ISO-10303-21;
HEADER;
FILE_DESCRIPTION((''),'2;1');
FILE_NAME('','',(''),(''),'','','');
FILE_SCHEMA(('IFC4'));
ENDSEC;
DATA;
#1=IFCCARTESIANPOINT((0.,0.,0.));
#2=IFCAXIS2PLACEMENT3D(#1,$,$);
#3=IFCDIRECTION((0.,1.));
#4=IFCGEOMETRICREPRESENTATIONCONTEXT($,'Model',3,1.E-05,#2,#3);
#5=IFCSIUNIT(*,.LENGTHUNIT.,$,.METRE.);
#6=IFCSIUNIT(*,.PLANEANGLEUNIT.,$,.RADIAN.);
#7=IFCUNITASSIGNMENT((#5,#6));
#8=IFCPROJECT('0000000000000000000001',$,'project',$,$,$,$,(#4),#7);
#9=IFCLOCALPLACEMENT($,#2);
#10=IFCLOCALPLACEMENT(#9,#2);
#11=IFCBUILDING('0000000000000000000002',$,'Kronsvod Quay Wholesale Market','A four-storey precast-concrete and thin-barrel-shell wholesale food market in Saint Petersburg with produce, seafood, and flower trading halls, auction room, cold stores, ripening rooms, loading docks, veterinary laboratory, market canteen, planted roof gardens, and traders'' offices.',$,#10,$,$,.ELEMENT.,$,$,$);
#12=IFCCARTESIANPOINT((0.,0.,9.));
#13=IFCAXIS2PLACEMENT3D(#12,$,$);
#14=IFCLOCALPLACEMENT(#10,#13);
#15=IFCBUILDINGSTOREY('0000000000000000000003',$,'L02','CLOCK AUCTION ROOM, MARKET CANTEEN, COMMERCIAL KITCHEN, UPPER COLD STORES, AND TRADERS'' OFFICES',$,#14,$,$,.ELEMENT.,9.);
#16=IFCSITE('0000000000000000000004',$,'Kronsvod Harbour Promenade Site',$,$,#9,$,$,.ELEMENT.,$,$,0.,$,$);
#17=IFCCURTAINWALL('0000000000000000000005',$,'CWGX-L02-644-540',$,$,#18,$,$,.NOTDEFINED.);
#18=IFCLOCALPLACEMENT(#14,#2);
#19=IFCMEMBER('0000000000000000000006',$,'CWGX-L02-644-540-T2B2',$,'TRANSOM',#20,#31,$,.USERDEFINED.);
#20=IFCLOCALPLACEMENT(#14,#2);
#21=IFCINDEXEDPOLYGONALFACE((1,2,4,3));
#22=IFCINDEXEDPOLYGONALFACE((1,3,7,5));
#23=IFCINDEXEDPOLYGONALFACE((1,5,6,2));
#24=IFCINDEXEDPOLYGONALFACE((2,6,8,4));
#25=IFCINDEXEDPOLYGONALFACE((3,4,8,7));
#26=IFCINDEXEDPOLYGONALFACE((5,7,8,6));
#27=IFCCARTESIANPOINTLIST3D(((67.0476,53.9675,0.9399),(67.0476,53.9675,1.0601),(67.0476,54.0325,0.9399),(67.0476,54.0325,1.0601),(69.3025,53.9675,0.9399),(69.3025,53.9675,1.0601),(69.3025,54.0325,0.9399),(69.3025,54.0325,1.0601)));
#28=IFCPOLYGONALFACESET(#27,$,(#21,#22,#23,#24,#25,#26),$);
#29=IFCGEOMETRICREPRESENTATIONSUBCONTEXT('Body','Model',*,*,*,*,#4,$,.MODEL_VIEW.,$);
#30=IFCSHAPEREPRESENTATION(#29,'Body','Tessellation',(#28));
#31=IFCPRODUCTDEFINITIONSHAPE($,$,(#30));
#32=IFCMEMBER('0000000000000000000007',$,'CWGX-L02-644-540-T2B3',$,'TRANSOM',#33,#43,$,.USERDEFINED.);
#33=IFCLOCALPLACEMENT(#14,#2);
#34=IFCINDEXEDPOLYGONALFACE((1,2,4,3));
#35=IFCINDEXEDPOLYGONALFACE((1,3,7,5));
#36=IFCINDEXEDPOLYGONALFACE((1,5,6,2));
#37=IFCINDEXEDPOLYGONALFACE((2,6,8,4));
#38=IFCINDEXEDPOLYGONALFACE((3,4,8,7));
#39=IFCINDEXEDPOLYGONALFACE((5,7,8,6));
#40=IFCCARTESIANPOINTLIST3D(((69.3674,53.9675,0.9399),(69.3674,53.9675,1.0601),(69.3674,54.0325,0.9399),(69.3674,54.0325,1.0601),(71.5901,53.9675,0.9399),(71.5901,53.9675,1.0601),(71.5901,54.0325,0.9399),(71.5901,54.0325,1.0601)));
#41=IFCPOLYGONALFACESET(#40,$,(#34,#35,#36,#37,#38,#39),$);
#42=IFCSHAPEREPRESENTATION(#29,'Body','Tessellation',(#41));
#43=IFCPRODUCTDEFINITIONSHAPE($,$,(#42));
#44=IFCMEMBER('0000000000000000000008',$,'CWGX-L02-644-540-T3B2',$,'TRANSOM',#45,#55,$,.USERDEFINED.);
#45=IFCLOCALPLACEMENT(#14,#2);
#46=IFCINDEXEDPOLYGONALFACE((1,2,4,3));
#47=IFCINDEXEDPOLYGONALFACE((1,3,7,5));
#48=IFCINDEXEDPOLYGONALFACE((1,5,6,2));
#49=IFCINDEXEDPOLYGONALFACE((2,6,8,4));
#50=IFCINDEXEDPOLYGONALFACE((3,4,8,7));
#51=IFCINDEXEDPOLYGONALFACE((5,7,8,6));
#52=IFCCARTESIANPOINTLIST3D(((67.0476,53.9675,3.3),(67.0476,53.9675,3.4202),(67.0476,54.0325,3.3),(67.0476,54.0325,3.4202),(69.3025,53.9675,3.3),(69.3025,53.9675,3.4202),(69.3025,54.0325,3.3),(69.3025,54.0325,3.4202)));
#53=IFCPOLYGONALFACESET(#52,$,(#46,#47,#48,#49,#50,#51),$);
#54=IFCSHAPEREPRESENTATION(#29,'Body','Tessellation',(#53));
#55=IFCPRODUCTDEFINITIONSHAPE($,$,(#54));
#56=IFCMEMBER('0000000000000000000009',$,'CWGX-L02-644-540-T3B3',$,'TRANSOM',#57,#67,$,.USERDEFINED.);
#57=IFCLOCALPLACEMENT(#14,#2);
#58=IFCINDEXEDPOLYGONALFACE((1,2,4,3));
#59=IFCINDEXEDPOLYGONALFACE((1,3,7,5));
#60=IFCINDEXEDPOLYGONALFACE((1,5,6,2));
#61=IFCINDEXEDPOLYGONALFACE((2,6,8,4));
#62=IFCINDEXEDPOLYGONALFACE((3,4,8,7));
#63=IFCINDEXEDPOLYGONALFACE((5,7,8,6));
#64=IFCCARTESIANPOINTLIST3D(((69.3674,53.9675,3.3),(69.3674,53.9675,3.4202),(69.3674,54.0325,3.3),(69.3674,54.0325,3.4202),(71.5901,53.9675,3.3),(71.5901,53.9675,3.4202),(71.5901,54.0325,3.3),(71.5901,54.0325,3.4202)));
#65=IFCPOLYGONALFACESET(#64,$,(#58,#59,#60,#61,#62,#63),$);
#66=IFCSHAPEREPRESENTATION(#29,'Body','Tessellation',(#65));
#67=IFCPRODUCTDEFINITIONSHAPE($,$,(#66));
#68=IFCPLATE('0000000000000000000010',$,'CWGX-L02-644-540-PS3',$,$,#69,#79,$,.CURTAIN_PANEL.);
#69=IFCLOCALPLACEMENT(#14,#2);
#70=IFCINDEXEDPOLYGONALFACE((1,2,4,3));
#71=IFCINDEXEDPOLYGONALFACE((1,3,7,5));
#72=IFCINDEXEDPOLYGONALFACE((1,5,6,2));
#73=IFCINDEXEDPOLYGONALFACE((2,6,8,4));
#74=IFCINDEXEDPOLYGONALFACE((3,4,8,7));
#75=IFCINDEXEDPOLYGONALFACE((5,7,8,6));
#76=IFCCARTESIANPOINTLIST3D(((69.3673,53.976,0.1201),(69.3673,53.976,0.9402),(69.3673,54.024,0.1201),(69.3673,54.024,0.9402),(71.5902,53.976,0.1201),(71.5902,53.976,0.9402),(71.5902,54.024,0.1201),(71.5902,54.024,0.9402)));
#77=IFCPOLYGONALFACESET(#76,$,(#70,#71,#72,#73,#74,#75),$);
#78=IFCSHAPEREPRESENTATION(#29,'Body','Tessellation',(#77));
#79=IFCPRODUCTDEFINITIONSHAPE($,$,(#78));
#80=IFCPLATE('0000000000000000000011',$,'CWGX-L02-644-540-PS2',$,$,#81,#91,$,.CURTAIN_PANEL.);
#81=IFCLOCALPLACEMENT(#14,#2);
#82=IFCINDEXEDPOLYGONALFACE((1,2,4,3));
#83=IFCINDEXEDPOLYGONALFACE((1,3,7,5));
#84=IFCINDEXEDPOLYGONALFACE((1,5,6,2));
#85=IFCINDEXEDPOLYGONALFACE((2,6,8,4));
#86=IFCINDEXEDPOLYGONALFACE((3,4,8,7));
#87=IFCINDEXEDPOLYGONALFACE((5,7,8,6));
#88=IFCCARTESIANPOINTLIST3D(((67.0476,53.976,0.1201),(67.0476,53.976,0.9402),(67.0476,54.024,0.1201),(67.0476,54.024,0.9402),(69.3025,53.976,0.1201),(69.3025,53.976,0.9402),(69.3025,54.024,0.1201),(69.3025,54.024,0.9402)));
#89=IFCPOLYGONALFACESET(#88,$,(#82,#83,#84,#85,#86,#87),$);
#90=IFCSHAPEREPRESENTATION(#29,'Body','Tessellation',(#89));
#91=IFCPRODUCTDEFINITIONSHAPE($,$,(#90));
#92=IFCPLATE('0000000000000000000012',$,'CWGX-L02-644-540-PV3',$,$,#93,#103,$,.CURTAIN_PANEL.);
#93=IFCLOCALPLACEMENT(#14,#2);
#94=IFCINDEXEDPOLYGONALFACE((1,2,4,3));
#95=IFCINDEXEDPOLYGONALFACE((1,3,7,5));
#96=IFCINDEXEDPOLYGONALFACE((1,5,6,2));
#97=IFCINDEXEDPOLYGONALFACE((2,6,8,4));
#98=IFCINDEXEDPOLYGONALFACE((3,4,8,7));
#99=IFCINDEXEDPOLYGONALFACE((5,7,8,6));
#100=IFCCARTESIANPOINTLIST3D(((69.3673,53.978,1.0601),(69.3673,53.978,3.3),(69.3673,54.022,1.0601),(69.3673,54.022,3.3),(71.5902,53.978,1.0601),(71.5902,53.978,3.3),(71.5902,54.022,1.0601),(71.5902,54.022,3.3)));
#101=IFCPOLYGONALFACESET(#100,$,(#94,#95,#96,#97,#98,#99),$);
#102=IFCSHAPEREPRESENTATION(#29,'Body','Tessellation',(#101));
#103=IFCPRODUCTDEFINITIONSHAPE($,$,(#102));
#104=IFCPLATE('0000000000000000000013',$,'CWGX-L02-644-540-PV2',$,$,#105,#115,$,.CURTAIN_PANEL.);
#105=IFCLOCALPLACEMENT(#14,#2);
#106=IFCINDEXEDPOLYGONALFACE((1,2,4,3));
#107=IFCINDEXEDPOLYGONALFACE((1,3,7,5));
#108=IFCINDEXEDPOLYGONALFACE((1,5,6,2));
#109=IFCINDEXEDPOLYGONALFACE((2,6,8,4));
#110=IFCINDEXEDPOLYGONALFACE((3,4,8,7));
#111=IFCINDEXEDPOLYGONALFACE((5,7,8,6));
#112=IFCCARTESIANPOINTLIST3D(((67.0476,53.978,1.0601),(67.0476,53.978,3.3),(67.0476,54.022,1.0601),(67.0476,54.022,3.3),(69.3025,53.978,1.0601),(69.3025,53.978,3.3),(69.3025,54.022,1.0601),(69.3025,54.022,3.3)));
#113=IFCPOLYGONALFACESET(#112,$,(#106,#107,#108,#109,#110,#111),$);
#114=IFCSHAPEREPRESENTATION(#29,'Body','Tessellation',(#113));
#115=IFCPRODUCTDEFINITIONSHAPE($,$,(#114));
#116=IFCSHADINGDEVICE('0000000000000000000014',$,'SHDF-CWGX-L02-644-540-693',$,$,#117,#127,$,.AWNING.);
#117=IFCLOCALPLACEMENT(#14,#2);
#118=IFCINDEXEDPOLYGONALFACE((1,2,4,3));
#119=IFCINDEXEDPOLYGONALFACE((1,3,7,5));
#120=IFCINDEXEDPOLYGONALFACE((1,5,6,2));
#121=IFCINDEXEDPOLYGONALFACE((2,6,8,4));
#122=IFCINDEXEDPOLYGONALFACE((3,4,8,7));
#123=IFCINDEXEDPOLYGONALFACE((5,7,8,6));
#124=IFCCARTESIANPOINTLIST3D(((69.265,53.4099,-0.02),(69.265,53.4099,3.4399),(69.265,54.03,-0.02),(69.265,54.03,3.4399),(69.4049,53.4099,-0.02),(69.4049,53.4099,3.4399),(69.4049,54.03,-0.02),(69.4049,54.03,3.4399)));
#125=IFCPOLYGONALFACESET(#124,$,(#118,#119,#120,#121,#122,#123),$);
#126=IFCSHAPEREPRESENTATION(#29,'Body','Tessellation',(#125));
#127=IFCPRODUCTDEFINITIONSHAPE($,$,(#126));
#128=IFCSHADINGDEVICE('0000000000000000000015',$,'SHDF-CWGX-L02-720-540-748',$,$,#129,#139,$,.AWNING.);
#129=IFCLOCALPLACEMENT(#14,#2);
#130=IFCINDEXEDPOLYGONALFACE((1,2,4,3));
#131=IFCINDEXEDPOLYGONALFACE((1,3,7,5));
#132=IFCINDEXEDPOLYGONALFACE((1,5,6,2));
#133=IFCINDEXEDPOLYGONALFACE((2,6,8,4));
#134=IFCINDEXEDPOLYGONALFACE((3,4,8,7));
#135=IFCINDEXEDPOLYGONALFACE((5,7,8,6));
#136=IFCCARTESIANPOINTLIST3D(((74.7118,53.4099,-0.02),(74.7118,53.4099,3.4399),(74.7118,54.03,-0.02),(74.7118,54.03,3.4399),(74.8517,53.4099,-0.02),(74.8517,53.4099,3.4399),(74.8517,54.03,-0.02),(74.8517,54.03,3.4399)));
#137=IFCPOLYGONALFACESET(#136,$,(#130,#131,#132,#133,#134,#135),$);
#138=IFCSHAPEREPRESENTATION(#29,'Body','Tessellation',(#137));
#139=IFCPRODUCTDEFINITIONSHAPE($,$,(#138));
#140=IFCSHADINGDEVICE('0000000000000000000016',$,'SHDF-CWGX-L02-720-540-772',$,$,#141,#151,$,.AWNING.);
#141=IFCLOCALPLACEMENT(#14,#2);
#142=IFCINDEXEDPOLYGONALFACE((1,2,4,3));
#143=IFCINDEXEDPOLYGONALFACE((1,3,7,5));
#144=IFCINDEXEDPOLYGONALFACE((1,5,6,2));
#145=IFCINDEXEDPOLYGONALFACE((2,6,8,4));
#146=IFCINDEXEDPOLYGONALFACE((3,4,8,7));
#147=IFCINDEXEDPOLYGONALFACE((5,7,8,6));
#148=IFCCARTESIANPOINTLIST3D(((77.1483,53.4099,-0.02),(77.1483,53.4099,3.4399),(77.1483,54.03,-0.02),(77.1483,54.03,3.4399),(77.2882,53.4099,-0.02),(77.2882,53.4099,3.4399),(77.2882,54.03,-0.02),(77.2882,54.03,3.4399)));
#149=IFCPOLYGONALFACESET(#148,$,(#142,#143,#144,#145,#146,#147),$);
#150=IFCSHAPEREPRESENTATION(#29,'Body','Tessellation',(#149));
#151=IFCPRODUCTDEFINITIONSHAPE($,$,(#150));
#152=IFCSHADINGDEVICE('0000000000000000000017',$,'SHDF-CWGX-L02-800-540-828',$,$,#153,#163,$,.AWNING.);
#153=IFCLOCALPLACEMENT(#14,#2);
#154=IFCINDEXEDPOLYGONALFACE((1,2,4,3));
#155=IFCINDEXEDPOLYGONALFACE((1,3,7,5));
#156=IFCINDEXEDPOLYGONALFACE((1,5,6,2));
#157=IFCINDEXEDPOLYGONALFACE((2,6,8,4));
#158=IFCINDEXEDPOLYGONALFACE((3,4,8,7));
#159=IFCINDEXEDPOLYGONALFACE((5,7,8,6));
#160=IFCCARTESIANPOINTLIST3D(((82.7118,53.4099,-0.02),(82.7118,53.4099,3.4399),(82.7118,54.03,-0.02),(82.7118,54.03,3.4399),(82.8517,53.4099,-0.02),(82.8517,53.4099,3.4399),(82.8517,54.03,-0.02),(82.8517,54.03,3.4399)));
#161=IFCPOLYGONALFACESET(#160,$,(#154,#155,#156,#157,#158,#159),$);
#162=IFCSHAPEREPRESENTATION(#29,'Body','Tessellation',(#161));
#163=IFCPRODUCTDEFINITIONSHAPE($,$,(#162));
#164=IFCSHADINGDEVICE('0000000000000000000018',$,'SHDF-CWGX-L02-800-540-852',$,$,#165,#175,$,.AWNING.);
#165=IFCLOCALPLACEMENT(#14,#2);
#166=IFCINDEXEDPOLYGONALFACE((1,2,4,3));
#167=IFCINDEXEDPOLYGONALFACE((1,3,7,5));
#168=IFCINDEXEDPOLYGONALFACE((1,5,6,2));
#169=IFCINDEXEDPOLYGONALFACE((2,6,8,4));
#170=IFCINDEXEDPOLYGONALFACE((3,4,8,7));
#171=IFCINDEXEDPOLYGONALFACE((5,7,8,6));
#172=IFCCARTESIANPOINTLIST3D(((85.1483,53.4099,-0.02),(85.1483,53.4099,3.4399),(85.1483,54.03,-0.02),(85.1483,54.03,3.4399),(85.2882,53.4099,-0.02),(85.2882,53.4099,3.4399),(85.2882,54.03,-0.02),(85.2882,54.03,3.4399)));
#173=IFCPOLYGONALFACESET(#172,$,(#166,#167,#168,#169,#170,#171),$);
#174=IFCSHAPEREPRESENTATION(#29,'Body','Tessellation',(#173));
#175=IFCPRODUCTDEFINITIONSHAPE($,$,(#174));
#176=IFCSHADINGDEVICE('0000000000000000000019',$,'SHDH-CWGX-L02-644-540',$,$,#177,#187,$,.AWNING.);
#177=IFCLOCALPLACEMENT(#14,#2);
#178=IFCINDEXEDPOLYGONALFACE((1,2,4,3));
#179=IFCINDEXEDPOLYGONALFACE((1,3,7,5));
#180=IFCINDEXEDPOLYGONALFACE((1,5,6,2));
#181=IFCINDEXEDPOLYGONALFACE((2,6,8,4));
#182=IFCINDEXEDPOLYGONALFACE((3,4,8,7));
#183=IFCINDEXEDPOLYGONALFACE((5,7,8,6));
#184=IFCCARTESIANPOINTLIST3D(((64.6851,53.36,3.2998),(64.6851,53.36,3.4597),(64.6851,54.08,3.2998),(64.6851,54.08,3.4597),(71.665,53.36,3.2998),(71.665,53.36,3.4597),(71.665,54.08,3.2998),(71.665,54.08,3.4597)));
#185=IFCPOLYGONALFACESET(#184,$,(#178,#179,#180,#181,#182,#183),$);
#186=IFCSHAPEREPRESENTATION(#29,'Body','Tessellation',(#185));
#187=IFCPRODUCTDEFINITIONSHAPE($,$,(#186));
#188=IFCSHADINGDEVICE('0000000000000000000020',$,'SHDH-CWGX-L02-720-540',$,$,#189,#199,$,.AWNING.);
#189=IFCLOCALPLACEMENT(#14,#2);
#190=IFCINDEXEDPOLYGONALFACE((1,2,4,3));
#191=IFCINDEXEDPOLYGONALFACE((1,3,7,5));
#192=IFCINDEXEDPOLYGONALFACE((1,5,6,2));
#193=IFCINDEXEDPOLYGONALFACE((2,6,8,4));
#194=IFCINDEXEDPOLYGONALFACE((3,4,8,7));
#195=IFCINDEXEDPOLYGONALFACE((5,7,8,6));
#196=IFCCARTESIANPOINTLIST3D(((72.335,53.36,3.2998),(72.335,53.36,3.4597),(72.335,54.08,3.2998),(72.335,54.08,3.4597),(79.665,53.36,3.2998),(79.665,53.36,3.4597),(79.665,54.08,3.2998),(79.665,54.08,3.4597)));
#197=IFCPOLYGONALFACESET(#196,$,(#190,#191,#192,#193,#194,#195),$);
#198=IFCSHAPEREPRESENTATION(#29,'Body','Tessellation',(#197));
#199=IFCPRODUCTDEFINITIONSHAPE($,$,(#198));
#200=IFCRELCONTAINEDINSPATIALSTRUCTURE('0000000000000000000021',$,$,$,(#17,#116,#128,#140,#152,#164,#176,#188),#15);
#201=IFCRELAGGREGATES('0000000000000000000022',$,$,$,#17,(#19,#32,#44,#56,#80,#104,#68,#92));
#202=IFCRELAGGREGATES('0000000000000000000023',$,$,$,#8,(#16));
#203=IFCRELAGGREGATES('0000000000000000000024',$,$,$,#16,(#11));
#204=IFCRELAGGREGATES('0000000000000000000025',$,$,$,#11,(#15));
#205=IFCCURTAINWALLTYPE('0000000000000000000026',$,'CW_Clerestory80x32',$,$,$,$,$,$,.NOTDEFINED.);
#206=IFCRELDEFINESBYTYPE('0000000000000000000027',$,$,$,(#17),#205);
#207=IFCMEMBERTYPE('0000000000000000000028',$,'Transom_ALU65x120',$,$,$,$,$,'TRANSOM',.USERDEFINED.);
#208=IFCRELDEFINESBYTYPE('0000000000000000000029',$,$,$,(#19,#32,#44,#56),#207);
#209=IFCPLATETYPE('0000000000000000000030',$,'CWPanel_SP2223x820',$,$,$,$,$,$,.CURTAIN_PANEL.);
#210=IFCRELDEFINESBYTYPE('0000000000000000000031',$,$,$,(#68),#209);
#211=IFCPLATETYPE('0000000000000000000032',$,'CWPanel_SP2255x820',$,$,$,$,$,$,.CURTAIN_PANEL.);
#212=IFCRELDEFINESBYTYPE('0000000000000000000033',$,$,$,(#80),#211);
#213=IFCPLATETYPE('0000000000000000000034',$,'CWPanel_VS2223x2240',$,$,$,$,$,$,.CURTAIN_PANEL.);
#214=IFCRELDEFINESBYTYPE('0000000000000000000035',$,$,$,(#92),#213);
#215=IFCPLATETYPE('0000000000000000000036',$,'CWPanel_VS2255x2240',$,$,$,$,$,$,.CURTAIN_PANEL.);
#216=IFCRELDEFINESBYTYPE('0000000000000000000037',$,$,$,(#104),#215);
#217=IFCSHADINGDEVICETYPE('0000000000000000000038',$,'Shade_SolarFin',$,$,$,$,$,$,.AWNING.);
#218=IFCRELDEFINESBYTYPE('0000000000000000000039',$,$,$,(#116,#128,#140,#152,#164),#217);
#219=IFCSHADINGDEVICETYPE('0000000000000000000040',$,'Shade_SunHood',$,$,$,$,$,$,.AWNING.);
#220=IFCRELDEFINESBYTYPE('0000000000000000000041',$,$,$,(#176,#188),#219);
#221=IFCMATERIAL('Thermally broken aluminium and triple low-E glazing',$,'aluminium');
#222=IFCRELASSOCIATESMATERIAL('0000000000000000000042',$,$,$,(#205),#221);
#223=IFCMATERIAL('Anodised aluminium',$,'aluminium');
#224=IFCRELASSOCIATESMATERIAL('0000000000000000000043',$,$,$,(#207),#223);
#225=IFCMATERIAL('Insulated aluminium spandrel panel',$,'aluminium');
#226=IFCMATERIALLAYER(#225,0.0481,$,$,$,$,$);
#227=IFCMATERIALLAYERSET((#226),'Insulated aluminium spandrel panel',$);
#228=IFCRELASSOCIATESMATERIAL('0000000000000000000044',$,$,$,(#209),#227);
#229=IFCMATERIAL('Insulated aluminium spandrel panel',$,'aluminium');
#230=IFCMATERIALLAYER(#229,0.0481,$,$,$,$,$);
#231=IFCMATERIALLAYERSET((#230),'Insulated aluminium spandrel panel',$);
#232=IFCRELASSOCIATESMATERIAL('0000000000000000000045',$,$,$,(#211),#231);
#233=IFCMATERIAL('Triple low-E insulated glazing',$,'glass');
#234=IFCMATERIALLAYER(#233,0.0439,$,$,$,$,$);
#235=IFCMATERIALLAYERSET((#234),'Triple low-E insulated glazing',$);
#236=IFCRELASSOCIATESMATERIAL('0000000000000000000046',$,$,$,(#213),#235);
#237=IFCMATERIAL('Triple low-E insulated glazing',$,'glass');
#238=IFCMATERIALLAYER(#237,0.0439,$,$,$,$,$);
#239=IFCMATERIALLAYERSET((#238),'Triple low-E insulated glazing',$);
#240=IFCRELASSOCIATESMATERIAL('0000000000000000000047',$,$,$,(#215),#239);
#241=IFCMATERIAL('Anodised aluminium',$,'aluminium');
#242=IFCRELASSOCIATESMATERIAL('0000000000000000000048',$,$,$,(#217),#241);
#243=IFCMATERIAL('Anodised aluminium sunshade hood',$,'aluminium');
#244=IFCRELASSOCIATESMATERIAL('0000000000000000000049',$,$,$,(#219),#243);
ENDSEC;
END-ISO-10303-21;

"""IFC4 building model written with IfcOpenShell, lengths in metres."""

from ifc_helpers import new_model, si_unit, direction, frame, origin, origin_2d, place, context, subcontext, project, spatial, rectangle, extrude, material, layer, layer_set, material_profile, profile_set, type_object, element, aggregate, save


model = new_model("IFC4")

# Units and contexts
model_context = context("Model", 3, precision=1e-05, world=origin(), true_north=direction((0.0, 1.0)))
body_context = subcontext(model_context, "Body", "Model", "MODEL_VIEW")
ifc_project = project(units=[si_unit("LENGTHUNIT", "METRE"), si_unit("PLANEANGLEUNIT", "RADIAN")], contexts=[model_context])

# Site, building, storey
site_placement = place(None, origin())
site = spatial("IfcSite", under=ifc_project, at=site_placement, Name="Kronsvod Harbour Promenade Site", CompositionType="ELEMENT", RefElevation=0.0)
building_placement = place(site_placement, origin())
building = spatial("IfcBuilding", under=site, at=building_placement, Name="Kronsvod Quay Wholesale Market", Description="A four-storey precast-concrete and thin-barrel-shell wholesale food market in Saint Petersburg with produce, seafood, and flower trading halls, auction room, cold stores, ripening rooms, loading docks, veterinary laboratory, market canteen, planted roof gardens, and traders' offices.", CompositionType="ELEMENT")
storey_placement = place(building_placement, frame((0.0, 0.0, 9.0)))
storey = spatial("IfcBuildingStorey", under=building, at=storey_placement, Name="L02", Description="CLOCK AUCTION ROOM, MARKET CANTEEN, COMMERCIAL KITCHEN, UPPER COLD STORES, AND TRADERS' OFFICES", CompositionType="ELEMENT", Elevation=9.0)

# Curtain wall
ifc_material_1 = material(Name="Thermally broken aluminium and triple low-E glazing", Category="aluminium")
curtain_wall_type = type_object("IfcCurtainWallType", Name="CW_Clerestory80x32", PredefinedType="NOTDEFINED", material=ifc_material_1)
curtain_wall_1_placement = place(storey_placement, origin())
curtain_wall_1 = element("IfcCurtainWall", 1, at=curtain_wall_1_placement, inside=storey, type_object=curtain_wall_type, Name="CWGX-L02-644-540", PredefinedType="NOTDEFINED")

# Members
ifc_material_2 = material(Name="Anodised aluminium", Category="aluminium")
ifc_material_profile_1 = material_profile(ifc_material_2, rectangle(XDim=0.0649, YDim=0.1201, at=origin_2d()), Name="ALUT65x120")
ifc_profile_set_1 = profile_set([ifc_material_profile_1], Name="Anodised aluminium")
member_type_1 = type_object("IfcMemberType", Name="Transom_ALU65x120", ElementType="TRANSOM", PredefinedType="USERDEFINED", material=ifc_profile_set_1)
member_1_placement = place(storey_placement, frame((67.0476, 54.0, 1.0), z_axis=(1.0, 0.0, 0.0), x_axis=(0.0, 1.0, 0.0)))
member_1 = element("IfcMember", 2, at=member_1_placement, type_object=member_type_1, Name="CWGX-L02-644-540-T2B2", ObjectType="TRANSOM", PredefinedType="USERDEFINED", context=body_context, shape_type="SweptSolid", body=[
    extrude(rectangle(XDim=0.0649, YDim=0.1201, at=origin_2d()), origin(), (0.0, 0.0, 1.0), 2.2549),
])
member_2_placement = place(storey_placement, frame((69.3674, 54.0, 1.0), z_axis=(1.0, 0.0, 0.0), x_axis=(0.0, 1.0, 0.0)))
member_2 = element("IfcMember", 3, at=member_2_placement, type_object=member_type_1, Name="CWGX-L02-644-540-T2B3", ObjectType="TRANSOM", PredefinedType="USERDEFINED", context=body_context, shape_type="SweptSolid", body=[
    extrude(rectangle(XDim=0.0649, YDim=0.1201, at=origin_2d()), origin(), (0.0, 0.0, 1.0), 2.2227),
])
member_3_placement = place(storey_placement, frame((67.0476, 54.0, 3.3601), z_axis=(1.0, 0.0, 0.0), x_axis=(0.0, 1.0, 0.0)))
member_3 = element("IfcMember", 4, at=member_3_placement, type_object=member_type_1, Name="CWGX-L02-644-540-T3B2", ObjectType="TRANSOM", PredefinedType="USERDEFINED", context=body_context, shape_type="SweptSolid", body=[
    extrude(rectangle(XDim=0.0649, YDim=0.1201, at=origin_2d()), origin(), (0.0, 0.0, 1.0), 2.2549),
])
member_4_placement = place(storey_placement, frame((69.3674, 54.0, 3.3601), z_axis=(1.0, 0.0, 0.0), x_axis=(0.0, 1.0, 0.0)))
member_4 = element("IfcMember", 5, at=member_4_placement, type_object=member_type_1, Name="CWGX-L02-644-540-T3B3", ObjectType="TRANSOM", PredefinedType="USERDEFINED", context=body_context, shape_type="SweptSolid", body=[
    extrude(rectangle(XDim=0.0649, YDim=0.1201, at=origin_2d()), origin(), (0.0, 0.0, 1.0), 2.2227),
])

# Plates
ifc_material_3 = material(Name="Insulated aluminium spandrel panel", Category="aluminium")
ifc_layer_1 = layer(ifc_material_3, 0.0481)
ifc_layer_set_1 = layer_set([ifc_layer_1], Name="Insulated aluminium spandrel panel")
plate_type_1 = type_object("IfcPlateType", Name="CWPanel_SP2223x820", PredefinedType="CURTAIN_PANEL", material=ifc_layer_set_1)
plate_1_placement = place(storey_placement, frame((70.4788, 54.0, 0.1201), z_axis=(0.0, 0.0, 1.0), x_axis=(1.0, 0.0, 0.0)))
plate_1 = element("IfcPlate", 6, at=plate_1_placement, type_object=plate_type_1, Name="CWGX-L02-644-540-PS3", PredefinedType="CURTAIN_PANEL", context=body_context, shape_type="SweptSolid", body=[
    extrude(rectangle(XDim=2.2229, YDim=0.0481, at=origin_2d()), origin(), (0.0, 0.0, 1.0), 0.8201),
])
ifc_material_4 = material(Name="Insulated aluminium spandrel panel", Category="aluminium")
ifc_layer_2 = layer(ifc_material_4, 0.0481)
ifc_layer_set_2 = layer_set([ifc_layer_2], Name="Insulated aluminium spandrel panel")
plate_type_2 = type_object("IfcPlateType", Name="CWPanel_SP2255x820", PredefinedType="CURTAIN_PANEL", material=ifc_layer_set_2)
plate_2_placement = place(storey_placement, frame((68.175, 54.0, 0.1201), z_axis=(0.0, 0.0, 1.0), x_axis=(1.0, 0.0, 0.0)))
plate_2 = element("IfcPlate", 7, at=plate_2_placement, type_object=plate_type_2, Name="CWGX-L02-644-540-PS2", PredefinedType="CURTAIN_PANEL", context=body_context, shape_type="SweptSolid", body=[
    extrude(rectangle(XDim=2.2549, YDim=0.0481, at=origin_2d()), origin(), (0.0, 0.0, 1.0), 0.8201),
])
ifc_material_5 = material(Name="Triple low-E insulated glazing", Category="glass")
ifc_layer_3 = layer(ifc_material_5, 0.0439)
ifc_layer_set_3 = layer_set([ifc_layer_3], Name="Triple low-E insulated glazing")
plate_type_3 = type_object("IfcPlateType", Name="CWPanel_VS2223x2240", PredefinedType="CURTAIN_PANEL", material=ifc_layer_set_3)
plate_3_placement = place(storey_placement, frame((70.4788, 54.0, 1.0601), z_axis=(0.0, 0.0, 1.0), x_axis=(1.0, 0.0, 0.0)))
plate_3 = element("IfcPlate", 8, at=plate_3_placement, type_object=plate_type_3, Name="CWGX-L02-644-540-PV3", PredefinedType="CURTAIN_PANEL", context=body_context, shape_type="SweptSolid", body=[
    extrude(rectangle(XDim=2.2229, YDim=0.0439, at=origin_2d()), origin(), (0.0, 0.0, 1.0), 2.24),
])
ifc_material_6 = material(Name="Triple low-E insulated glazing", Category="glass")
ifc_layer_4 = layer(ifc_material_6, 0.0439)
ifc_layer_set_4 = layer_set([ifc_layer_4], Name="Triple low-E insulated glazing")
plate_type_4 = type_object("IfcPlateType", Name="CWPanel_VS2255x2240", PredefinedType="CURTAIN_PANEL", material=ifc_layer_set_4)
plate_4_placement = place(storey_placement, frame((68.175, 54.0, 1.0601), z_axis=(0.0, 0.0, 1.0), x_axis=(1.0, 0.0, 0.0)))
plate_4 = element("IfcPlate", 9, at=plate_4_placement, type_object=plate_type_4, Name="CWGX-L02-644-540-PV2", PredefinedType="CURTAIN_PANEL", context=body_context, shape_type="SweptSolid", body=[
    extrude(rectangle(XDim=2.2549, YDim=0.0439, at=origin_2d()), origin(), (0.0, 0.0, 1.0), 2.24),
])
aggregate(curtain_wall_1, [member_1, member_2, member_3, member_4, plate_2, plate_4, plate_1, plate_3])

# Shading devices
ifc_material_7 = material(Name="Anodised aluminium", Category="aluminium")
shading_device_type_1 = type_object("IfcShadingDeviceType", Name="Shade_SolarFin", PredefinedType="AWNING", material=ifc_material_7)
for number, where, z_axis, x_axis, name in (
    (10, (69.335, 53.72, -0.02), (0.0, 0.0, 1.0), (1.0, 0.0, 0.0), "SHDF-CWGX-L02-644-540-693"),
    (11, (74.7817, 53.72, -0.02), (0.0, 0.0, 1.0), (1.0, 0.0, 0.0), "SHDF-CWGX-L02-720-540-748"),
    (12, (77.2183, 53.72, -0.02), (0.0, 0.0, 1.0), (1.0, 0.0, 0.0), "SHDF-CWGX-L02-720-540-772"),
    (13, (82.7817, 53.72, -0.02), (0.0, 0.0, 1.0), (1.0, 0.0, 0.0), "SHDF-CWGX-L02-800-540-828"),
    (14, (85.2183, 53.72, -0.02), (0.0, 0.0, 1.0), (1.0, 0.0, 0.0), "SHDF-CWGX-L02-800-540-852"),
):
    element("IfcShadingDevice", number, at=place(storey_placement, frame(where, z_axis=z_axis, x_axis=x_axis)), inside=storey, type_object=shading_device_type_1, Name=name, PredefinedType="AWNING", context=body_context, shape_type="SweptSolid", body=[
        extrude(rectangle(XDim=0.1399, YDim=0.6201, at=origin_2d()), origin(), (0.0, 0.0, 1.0), 3.46),
    ])
ifc_material_8 = material(Name="Anodised aluminium sunshade hood", Category="aluminium")
shading_device_type_2 = type_object("IfcShadingDeviceType", Name="Shade_SunHood", PredefinedType="AWNING", material=ifc_material_8)
shading_device_placement = place(storey_placement, frame((68.175, 53.72, 3.2998), z_axis=(0.0, 0.0, 1.0), x_axis=(1.0, 0.0, 0.0)))
element("IfcShadingDevice", 15, at=shading_device_placement, inside=storey, type_object=shading_device_type_2, Name="SHDH-CWGX-L02-644-540", PredefinedType="AWNING", context=body_context, shape_type="SweptSolid", body=[
    extrude(rectangle(XDim=6.98, YDim=0.72, at=origin_2d()), origin(), (0.0, 0.0, 1.0), 0.1599),
])
for number, where, z_axis, x_axis, name in (
    (16, (76.0, 53.72, 3.2998), (0.0, 0.0, 1.0), (1.0, 0.0, 0.0), "SHDH-CWGX-L02-720-540"),
):
    element("IfcShadingDevice", number, at=place(storey_placement, frame(where, z_axis=z_axis, x_axis=x_axis)), inside=storey, type_object=shading_device_type_2, Name=name, PredefinedType="AWNING", context=body_context, shape_type="SweptSolid", body=[
        extrude(rectangle(XDim=7.3301, YDim=0.72, at=origin_2d()), origin(), (0.0, 0.0, 1.0), 0.1599),
    ])

save(model, "model.ifc")
